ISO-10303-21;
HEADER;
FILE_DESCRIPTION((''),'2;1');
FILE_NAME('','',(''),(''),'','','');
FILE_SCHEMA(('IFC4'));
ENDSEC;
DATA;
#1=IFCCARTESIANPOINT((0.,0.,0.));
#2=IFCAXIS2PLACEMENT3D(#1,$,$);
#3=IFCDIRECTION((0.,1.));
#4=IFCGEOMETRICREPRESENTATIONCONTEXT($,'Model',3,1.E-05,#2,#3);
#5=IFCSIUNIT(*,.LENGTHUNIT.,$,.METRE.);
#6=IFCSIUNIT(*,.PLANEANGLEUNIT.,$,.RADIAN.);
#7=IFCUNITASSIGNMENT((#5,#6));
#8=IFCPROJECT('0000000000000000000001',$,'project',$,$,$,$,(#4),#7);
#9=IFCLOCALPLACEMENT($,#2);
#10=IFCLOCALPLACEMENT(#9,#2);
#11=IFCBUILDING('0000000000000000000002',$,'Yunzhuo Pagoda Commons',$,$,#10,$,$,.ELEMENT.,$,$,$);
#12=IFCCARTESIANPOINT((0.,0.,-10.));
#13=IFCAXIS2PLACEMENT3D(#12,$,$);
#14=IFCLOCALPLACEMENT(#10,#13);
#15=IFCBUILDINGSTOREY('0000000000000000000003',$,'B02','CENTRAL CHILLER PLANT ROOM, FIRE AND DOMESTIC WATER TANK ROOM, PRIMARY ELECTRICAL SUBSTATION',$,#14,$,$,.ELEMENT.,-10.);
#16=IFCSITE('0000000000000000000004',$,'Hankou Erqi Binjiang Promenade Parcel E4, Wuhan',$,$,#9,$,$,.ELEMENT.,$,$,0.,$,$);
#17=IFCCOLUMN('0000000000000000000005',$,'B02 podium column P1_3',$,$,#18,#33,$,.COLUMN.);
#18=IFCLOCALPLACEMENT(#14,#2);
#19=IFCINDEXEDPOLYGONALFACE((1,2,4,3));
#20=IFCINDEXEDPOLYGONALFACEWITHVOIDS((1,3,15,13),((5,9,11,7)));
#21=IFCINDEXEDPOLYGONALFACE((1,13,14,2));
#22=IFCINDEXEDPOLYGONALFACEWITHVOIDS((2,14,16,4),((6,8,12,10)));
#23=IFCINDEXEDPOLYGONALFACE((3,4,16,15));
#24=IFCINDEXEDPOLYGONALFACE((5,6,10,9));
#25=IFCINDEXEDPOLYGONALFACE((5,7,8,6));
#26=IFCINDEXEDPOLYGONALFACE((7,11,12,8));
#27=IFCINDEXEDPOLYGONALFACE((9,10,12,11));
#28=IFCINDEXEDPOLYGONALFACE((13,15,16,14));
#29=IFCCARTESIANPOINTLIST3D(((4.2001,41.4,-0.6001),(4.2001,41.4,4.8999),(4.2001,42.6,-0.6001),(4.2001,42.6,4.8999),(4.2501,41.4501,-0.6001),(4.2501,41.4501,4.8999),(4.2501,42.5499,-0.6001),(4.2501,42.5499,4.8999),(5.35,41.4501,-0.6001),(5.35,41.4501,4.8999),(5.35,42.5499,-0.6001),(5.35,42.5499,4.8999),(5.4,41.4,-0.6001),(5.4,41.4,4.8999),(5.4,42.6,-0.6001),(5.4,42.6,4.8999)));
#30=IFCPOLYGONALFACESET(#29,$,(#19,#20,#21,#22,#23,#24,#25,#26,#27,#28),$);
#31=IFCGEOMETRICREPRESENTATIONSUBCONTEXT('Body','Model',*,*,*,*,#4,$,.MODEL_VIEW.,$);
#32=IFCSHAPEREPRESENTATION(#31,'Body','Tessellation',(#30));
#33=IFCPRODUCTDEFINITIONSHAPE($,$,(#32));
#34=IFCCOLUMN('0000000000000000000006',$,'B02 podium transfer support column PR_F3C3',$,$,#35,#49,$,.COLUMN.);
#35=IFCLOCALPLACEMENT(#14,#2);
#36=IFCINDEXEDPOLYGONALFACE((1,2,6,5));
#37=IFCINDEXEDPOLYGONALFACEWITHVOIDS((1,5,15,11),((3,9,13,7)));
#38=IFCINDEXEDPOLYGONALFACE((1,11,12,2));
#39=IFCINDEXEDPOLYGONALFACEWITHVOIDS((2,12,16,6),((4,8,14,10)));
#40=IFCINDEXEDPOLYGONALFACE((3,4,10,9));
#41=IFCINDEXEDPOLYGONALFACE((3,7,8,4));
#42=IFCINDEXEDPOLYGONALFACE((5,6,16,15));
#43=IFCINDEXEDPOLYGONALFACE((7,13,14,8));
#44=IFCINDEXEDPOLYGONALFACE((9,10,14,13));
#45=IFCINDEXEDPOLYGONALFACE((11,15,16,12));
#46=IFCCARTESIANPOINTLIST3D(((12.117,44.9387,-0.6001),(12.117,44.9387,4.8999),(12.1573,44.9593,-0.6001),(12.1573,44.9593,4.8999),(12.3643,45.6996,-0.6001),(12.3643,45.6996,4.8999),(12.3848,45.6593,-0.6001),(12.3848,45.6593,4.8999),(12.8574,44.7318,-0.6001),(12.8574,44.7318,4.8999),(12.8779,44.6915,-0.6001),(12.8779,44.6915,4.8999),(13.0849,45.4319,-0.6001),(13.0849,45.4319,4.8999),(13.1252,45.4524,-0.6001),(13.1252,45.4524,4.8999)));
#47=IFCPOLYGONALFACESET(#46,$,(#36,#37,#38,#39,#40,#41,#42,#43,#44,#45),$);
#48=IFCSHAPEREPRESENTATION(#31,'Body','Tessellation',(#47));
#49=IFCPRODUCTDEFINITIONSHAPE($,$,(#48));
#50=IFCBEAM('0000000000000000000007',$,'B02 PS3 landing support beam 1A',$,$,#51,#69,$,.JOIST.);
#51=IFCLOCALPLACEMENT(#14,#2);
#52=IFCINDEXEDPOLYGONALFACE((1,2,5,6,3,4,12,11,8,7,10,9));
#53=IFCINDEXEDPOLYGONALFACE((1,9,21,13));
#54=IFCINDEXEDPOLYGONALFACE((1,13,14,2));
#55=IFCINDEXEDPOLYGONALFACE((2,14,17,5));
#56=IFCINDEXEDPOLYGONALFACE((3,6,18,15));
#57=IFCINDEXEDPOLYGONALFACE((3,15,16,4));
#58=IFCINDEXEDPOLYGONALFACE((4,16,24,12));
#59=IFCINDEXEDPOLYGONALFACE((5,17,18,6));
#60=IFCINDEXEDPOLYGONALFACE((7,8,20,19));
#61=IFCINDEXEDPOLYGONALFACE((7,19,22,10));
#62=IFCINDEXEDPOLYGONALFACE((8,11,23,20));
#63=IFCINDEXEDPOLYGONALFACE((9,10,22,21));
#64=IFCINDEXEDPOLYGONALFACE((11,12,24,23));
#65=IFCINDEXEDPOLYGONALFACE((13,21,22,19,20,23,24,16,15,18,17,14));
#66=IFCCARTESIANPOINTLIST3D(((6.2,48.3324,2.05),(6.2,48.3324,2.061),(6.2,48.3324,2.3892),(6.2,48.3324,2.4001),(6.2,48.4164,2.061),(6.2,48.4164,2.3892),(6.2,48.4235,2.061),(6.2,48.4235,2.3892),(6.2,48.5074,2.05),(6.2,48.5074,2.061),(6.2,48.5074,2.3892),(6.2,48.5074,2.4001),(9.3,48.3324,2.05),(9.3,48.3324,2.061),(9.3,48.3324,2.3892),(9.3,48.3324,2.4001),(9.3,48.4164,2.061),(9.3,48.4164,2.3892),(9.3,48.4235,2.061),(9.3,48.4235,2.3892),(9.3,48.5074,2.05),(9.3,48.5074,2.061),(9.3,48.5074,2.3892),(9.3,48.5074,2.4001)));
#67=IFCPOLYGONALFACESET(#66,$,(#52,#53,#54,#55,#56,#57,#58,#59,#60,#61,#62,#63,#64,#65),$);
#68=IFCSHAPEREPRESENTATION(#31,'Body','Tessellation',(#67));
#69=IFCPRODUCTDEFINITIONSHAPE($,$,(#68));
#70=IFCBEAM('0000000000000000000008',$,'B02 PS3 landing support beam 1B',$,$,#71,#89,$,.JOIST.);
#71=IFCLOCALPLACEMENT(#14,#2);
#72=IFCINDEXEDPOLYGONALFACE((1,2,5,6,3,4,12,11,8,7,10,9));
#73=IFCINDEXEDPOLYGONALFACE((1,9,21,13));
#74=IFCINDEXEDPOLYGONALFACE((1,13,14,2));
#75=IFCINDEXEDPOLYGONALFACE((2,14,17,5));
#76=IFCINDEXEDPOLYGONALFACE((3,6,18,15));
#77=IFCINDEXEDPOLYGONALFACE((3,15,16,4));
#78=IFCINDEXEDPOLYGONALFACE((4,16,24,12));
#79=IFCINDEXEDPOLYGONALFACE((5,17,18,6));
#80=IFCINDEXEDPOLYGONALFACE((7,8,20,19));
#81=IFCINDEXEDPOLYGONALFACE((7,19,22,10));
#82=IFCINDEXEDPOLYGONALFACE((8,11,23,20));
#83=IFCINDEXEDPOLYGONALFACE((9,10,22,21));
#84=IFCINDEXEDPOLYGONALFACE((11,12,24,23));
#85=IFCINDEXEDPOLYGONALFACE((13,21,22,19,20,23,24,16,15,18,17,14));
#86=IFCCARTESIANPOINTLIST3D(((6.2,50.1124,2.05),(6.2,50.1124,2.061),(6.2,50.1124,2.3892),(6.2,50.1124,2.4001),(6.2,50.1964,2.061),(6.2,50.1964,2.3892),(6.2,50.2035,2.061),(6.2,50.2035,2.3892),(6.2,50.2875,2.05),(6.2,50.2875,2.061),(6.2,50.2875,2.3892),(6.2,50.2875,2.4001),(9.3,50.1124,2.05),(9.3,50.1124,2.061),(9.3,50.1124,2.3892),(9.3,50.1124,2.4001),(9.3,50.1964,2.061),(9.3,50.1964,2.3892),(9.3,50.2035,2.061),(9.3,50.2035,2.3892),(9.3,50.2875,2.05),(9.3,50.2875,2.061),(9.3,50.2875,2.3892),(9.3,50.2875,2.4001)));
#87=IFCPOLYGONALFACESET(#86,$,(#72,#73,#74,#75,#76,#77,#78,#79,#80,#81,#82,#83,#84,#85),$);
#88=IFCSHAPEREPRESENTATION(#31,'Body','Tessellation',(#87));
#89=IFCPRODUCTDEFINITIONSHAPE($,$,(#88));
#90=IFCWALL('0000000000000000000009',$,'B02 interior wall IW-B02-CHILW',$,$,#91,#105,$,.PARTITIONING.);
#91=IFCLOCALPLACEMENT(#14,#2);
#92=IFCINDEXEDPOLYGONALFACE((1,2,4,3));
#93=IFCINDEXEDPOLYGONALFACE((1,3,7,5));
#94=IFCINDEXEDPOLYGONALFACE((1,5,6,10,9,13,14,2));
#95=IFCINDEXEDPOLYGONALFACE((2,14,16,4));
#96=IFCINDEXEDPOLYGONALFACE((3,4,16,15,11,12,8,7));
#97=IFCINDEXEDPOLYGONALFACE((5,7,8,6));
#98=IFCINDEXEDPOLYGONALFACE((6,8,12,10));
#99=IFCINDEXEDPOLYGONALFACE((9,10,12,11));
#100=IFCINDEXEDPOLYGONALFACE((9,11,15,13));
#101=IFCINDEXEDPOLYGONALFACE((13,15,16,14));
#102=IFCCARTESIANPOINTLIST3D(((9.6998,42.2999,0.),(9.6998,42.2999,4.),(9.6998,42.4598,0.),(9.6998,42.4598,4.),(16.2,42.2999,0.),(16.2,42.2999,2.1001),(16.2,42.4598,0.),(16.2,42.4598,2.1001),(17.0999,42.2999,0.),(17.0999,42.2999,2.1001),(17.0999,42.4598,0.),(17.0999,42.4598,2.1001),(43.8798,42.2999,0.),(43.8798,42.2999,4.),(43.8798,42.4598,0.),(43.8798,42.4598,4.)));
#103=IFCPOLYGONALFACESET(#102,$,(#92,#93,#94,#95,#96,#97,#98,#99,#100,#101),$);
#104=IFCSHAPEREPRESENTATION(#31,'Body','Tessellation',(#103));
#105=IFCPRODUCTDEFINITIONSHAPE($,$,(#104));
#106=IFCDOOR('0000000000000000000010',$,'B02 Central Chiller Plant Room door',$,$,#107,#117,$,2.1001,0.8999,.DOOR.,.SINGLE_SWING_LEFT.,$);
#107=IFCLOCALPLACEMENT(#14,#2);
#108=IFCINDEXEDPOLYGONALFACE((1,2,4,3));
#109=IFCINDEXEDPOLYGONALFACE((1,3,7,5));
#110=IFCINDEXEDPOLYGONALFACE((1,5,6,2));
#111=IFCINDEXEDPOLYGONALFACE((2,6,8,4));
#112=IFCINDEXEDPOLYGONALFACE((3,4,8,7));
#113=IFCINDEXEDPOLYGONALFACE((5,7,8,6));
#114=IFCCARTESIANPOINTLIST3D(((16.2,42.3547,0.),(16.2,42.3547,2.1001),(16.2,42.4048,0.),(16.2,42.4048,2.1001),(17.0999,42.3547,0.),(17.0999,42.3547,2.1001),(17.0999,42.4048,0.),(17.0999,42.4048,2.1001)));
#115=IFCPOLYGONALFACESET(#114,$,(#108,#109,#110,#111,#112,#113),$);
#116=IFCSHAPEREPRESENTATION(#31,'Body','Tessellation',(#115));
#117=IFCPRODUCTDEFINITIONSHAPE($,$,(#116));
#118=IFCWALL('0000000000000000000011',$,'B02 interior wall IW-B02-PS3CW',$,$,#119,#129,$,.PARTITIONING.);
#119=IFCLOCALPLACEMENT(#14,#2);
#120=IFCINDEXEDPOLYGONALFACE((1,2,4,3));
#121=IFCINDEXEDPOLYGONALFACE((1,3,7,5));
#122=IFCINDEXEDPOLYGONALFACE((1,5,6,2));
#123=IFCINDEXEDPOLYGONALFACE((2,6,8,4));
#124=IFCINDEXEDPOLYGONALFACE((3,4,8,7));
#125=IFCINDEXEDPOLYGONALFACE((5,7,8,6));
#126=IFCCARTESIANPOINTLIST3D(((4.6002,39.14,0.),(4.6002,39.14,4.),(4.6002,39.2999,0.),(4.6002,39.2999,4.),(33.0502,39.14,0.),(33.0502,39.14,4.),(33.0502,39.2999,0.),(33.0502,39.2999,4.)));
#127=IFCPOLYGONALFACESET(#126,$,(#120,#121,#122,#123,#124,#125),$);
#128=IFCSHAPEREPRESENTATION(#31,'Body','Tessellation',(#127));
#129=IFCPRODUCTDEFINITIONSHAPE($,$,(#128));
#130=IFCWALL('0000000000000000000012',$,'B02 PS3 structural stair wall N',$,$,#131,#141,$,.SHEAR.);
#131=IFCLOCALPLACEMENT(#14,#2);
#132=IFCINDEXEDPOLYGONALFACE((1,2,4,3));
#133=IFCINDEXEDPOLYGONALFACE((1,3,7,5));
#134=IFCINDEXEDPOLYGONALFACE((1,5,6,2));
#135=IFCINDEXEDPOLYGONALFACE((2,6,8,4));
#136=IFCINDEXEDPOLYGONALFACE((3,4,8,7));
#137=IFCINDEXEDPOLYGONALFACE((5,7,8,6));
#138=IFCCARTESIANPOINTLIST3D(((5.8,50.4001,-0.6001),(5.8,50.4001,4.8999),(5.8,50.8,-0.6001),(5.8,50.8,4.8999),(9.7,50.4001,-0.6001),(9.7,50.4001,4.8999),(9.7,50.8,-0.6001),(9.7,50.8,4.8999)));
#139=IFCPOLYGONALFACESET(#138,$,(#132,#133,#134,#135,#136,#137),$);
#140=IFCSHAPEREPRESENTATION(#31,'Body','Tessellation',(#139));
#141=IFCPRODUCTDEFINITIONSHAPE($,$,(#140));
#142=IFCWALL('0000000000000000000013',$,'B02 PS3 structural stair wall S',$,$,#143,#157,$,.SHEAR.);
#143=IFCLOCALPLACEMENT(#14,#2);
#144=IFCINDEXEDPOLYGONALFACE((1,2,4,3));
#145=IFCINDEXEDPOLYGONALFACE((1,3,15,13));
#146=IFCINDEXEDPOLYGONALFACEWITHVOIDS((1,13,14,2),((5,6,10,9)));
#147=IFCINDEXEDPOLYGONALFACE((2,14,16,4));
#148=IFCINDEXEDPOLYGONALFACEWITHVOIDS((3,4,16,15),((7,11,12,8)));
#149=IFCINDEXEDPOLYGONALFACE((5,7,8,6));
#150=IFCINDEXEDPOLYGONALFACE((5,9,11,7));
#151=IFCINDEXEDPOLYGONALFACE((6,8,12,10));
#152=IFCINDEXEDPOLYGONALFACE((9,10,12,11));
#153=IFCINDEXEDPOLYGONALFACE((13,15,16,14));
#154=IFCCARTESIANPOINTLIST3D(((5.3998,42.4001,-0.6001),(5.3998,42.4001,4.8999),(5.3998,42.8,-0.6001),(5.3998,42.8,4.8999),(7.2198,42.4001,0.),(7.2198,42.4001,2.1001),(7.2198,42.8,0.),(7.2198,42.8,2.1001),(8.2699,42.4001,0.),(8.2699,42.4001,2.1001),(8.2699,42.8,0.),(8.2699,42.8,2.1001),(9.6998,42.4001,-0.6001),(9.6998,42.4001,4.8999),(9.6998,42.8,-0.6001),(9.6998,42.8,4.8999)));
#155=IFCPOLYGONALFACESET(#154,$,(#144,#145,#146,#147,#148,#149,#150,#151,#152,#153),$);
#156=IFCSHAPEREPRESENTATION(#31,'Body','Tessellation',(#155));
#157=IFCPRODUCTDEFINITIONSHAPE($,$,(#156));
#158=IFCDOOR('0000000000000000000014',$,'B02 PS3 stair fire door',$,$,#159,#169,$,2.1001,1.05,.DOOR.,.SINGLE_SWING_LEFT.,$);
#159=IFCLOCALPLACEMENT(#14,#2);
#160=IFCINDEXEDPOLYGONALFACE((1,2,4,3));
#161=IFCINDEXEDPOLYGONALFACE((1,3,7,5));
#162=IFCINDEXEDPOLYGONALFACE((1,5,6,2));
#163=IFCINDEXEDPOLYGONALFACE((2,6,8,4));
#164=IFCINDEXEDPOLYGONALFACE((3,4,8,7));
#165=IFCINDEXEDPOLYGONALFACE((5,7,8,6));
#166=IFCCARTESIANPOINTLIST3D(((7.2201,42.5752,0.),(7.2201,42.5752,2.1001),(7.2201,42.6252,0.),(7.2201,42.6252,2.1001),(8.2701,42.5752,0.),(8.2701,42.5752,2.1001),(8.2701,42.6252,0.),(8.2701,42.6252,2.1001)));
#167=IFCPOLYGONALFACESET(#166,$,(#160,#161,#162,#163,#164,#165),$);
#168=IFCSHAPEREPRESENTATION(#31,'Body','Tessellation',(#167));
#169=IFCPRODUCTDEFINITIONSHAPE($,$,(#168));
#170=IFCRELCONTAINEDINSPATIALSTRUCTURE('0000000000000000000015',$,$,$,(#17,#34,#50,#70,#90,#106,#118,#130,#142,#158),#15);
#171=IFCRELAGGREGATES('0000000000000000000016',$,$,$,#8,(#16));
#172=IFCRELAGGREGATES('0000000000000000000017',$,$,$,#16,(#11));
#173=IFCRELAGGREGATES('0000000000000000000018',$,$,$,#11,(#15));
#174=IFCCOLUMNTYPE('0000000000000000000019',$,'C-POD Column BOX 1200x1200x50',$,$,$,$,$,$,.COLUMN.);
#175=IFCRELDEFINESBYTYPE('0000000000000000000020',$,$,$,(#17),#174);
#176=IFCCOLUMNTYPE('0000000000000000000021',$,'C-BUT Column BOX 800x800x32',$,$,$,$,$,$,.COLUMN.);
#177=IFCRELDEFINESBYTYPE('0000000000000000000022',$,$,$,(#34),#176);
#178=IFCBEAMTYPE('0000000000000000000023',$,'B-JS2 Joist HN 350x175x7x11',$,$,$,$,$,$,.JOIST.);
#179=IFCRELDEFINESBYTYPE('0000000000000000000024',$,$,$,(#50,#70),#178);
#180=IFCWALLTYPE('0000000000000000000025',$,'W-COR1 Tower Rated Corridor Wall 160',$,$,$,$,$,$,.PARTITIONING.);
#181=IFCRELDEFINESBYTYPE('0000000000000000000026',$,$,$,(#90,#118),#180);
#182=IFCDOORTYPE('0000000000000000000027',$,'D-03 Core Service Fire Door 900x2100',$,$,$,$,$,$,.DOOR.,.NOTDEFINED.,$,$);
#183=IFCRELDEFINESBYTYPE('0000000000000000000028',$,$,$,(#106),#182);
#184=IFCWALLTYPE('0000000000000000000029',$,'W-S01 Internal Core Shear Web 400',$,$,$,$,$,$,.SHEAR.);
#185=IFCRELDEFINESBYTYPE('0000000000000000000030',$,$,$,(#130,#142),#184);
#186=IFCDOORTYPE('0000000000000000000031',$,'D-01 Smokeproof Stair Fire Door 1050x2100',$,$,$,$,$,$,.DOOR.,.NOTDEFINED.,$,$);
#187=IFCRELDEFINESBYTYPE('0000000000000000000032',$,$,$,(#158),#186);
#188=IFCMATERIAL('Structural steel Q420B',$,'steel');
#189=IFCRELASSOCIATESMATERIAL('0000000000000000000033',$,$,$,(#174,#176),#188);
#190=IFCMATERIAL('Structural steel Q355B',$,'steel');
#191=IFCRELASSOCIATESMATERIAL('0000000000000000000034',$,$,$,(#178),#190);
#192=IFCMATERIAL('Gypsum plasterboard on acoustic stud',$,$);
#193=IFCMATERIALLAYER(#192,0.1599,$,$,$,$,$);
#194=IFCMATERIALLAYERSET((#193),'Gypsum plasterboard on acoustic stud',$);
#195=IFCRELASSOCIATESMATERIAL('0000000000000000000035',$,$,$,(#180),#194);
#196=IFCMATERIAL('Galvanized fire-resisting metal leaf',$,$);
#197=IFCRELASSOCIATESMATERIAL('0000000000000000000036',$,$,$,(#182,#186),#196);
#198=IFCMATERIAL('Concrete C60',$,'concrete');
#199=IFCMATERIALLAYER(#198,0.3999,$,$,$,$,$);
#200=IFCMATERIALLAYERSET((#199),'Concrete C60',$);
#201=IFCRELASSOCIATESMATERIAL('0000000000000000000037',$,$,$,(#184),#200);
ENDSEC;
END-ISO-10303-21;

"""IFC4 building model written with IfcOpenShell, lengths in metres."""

from ifc_helpers import new_model, si_unit, direction, frame, frame_2d, origin, origin_with_axes, origin_2d, place, context, subcontext, project, spatial, rectangle, hollow_rectangle, i_section, extrude, source, transform, mapped, material, layer, layer_set, material_profile, profile_set, type_object, element, fill, save


model = new_model("IFC4")

# Units and contexts
model_context = context("Model", 3, precision=1e-05, world=origin(), true_north=direction((0.0, 1.0)))
body_context = subcontext(model_context, "Body", "Model", "MODEL_VIEW")
ifc_project = project(units=[si_unit("LENGTHUNIT", "METRE"), si_unit("PLANEANGLEUNIT", "RADIAN")], contexts=[model_context])

# Site, building, storey
site_placement = place(None, origin())
site = spatial("IfcSite", under=ifc_project, at=site_placement, Name="Hankou Erqi Binjiang Promenade Parcel E4, Wuhan", CompositionType="ELEMENT", RefElevation=0.0)
building_placement = place(site_placement, origin())
building = spatial("IfcBuilding", under=site, at=building_placement, Name="Yunzhuo Pagoda Commons", CompositionType="ELEMENT")
storey_placement = place(building_placement, frame((0.0, 0.0, -10.0)))
storey = spatial("IfcBuildingStorey", under=building, at=storey_placement, Name="B02", Description="CENTRAL CHILLER PLANT ROOM, FIRE AND DOMESTIC WATER TANK ROOM, PRIMARY ELECTRICAL SUBSTATION", CompositionType="ELEMENT", Elevation=-10.0)

# Columns
ifc_material_1 = material(Name="Structural steel Q420B", Category="steel")
ifc_material_profile_1 = material_profile(ifc_material_1, hollow_rectangle(XDim=1.2, YDim=1.2, WallThickness=0.05, at=origin_2d()), Name="Structural steel Q420B")
ifc_profile_set_1 = profile_set([ifc_material_profile_1], Name="Structural steel Q420B")
column_type_1 = type_object("IfcColumnType", Name="C-POD Column BOX 1200x1200x50", PredefinedType="COLUMN", material=ifc_profile_set_1)
shared_shape_1 = source(origin(), body_context, "Body", "SweptSolid", [
    extrude(hollow_rectangle(XDim=1.2, YDim=1.2, WallThickness=0.05, at=origin_2d()), origin(), (0.0, 0.0, 1.0), 5.5),
])
column_1_placement = place(storey_placement, frame((4.8, 42.0, -0.6001), z_axis=(0.0, 0.0, 1.0), x_axis=(1.0, 0.0, 0.0)))
element("IfcColumn", 1, at=column_1_placement, inside=storey, type_object=column_type_1, Name="B02 podium column P1_3", PredefinedType="COLUMN", context=body_context, shape_type="MappedRepresentation", body=[
    mapped(shared_shape_1, transform((0.0, 0.0, 0.0), scale=1.0)),
])
ifc_material_profile_2 = material_profile(ifc_material_1, hollow_rectangle(XDim=0.8, YDim=0.8, WallThickness=0.032, at=origin_2d()), Name="Structural steel Q420B")
ifc_profile_set_2 = profile_set([ifc_material_profile_2], Name="Structural steel Q420B")
column_type_2 = type_object("IfcColumnType", Name="C-BUT Column BOX 800x800x32", PredefinedType="COLUMN", material=ifc_profile_set_2)
shared_shape_2 = source(origin(), body_context, "Body", "SweptSolid", [
    extrude(hollow_rectangle(XDim=0.8, YDim=0.8, WallThickness=0.032, at=origin_2d()), origin(), (0.0, 0.0, 1.0), 5.5),
])
column_2_placement = place(storey_placement, frame((12.6211, 45.1956, -0.6001), z_axis=(0.0, 0.0, 1.0), x_axis=(-0.309017, -0.951057, 0.0)))
element("IfcColumn", 2, at=column_2_placement, inside=storey, type_object=column_type_2, Name="B02 podium transfer support column PR_F3C3", PredefinedType="COLUMN", context=body_context, shape_type="MappedRepresentation", body=[
    mapped(shared_shape_2, transform((0.0, 0.0, 0.0), scale=1.0)),
])

# Beams
ifc_material_2 = material(Name="Structural steel Q355B", Category="steel")
ifc_material_profile_3 = material_profile(ifc_material_2, i_section(OverallWidth=0.175, OverallDepth=0.3501, WebThickness=0.0071, FlangeThickness=0.011, at=origin_2d()), Name="Structural steel Q355B")
ifc_profile_set_3 = profile_set([ifc_material_profile_3], Name="Structural steel Q355B")
beam_type = type_object("IfcBeamType", Name="B-JS2 Joist HN 350x175x7x11", PredefinedType="JOIST", material=ifc_profile_set_3)
shared_shape_3 = source(origin(), body_context, "Body", "SweptSolid", [
    extrude(i_section(OverallWidth=0.175, OverallDepth=0.3501, WebThickness=0.0071, FlangeThickness=0.011, at=origin_2d()), origin(), (0.0, 0.0, 1.0), 3.1001),
])
for number, where, z_axis, x_axis, name in (
    (3, (6.2, 48.4199, 2.2251), (1.0, 0.0, 0.0), (0.0, 1.0, 0.0), "B02 PS3 landing support beam 1A"),
    (4, (6.2, 50.2, 2.2251), (1.0, 0.0, 0.0), (0.0, 1.0, 0.0), "B02 PS3 landing support beam 1B"),
):
    element("IfcBeam", number, at=place(storey_placement, frame(where, z_axis=z_axis, x_axis=x_axis)), inside=storey, type_object=beam_type, Name=name, PredefinedType="JOIST", context=body_context, shape_type="MappedRepresentation", body=[
        mapped(shared_shape_3, transform((0.0, 0.0, 0.0), scale=1.0)),
    ])

# Wall, opening, door
ifc_material_3 = material(Name="Gypsum plasterboard on acoustic stud")
ifc_layer_1 = layer(ifc_material_3, 0.1599)
ifc_layer_set_1 = layer_set([ifc_layer_1], Name="Gypsum plasterboard on acoustic stud")
wall_type_1 = type_object("IfcWallType", Name="W-COR1 Tower Rated Corridor Wall 160", PredefinedType="PARTITIONING", material=ifc_layer_set_1)
wall_1_placement = place(storey_placement, frame((9.7, 42.3799, 0.0), z_axis=(0.0, 0.0, 1.0), x_axis=(1.0, 0.0, 0.0)))
wall_1 = element("IfcWall", 5, at=wall_1_placement, inside=storey, type_object=wall_type_1, Name="B02 interior wall IW-B02-CHILW", PredefinedType="PARTITIONING", context=body_context, shape_type="SweptSolid", body=[
    extrude(rectangle(XDim=34.1799, YDim=0.1599, at=frame_2d((17.0898, 0.0))), origin(), (0.0, 0.0, 1.0), 4.0),
])
opening_1_placement = place(wall_1_placement, frame((6.5, 0.0, 0.0)))
opening_1 = element("IfcOpeningElement", 6, at=opening_1_placement, cuts=wall_1, PredefinedType="OPENING", context=body_context, shape_type="SweptSolid", body=[
    extrude(rectangle(XDim=0.8999, YDim=2.1001, at=frame_2d((0.45, 1.05))), frame((0.0, 0.0898, 0.0), z_axis=(0.0, -1.0, 0.0), x_axis=(1.0, 0.0, 0.0)), (0.0, 0.0, 1.0), 0.1799),
])
ifc_material_4 = material(Name="Galvanized fire-resisting metal leaf")
door_type_1 = type_object("IfcDoorType", Name="D-03 Core Service Fire Door 900x2100", OperationType="NOTDEFINED", PredefinedType="DOOR", material=ifc_material_4)
shared_shape_4 = source(origin(), body_context, "Body", "SweptSolid", [
    extrude(rectangle(XDim=0.8999, YDim=2.1001, at=frame_2d((0.45, 1.05))), frame((0.0, 0.0249, 0.0), z_axis=(0.0, -1.0, 0.0), x_axis=(1.0, 0.0, 0.0)), (0.0, 0.0, 1.0), 0.05),
])
door_1_placement = place(opening_1_placement, origin_with_axes())
door_1 = element("IfcDoor", 7, at=door_1_placement, inside=storey, type_object=door_type_1, Name="B02 Central Chiller Plant Room door", OperationType="SINGLE_SWING_LEFT", OverallHeight=2.1001, OverallWidth=0.8999, PredefinedType="DOOR", context=body_context, shape_type="MappedRepresentation", body=[
    mapped(shared_shape_4, transform((0.0, 0.0, 0.0), scale=1.0)),
])
fill(opening_1, door_1)

# Walls
wall_2_placement = place(storey_placement, frame((4.6001, 39.22, 0.0), z_axis=(0.0, 0.0, 1.0), x_axis=(1.0, 0.0, 0.0)))
element("IfcWall", 8, at=wall_2_placement, inside=storey, type_object=wall_type_1, Name="B02 interior wall IW-B02-PS3CW", PredefinedType="PARTITIONING", context=body_context, shape_type="SweptSolid", body=[
    extrude(rectangle(XDim=28.45, YDim=0.1599, at=frame_2d((14.2251, 0.0))), origin(), (0.0, 0.0, 1.0), 4.0),
])
ifc_material_5 = material(Name="Concrete C60", Category="concrete")
ifc_layer_2 = layer(ifc_material_5, 0.3999)
ifc_layer_set_2 = layer_set([ifc_layer_2], Name="Concrete C60")
wall_type_2 = type_object("IfcWallType", Name="W-S01 Internal Core Shear Web 400", PredefinedType="SHEAR", material=ifc_layer_set_2)
wall_3_placement = place(storey_placement, frame((5.8, 50.6001, -0.6001), z_axis=(0.0, 0.0, 1.0), x_axis=(1.0, 0.0, 0.0)))
element("IfcWall", 9, at=wall_3_placement, inside=storey, type_object=wall_type_2, Name="B02 PS3 structural stair wall N", PredefinedType="SHEAR", context=body_context, shape_type="SweptSolid", body=[
    extrude(rectangle(XDim=3.8999, YDim=0.3999, at=frame_2d((1.95, 0.0))), origin(), (0.0, 0.0, 1.0), 5.5),
])

# Wall, opening, door
wall_4_placement = place(storey_placement, frame((5.3999, 42.6001, -0.6001), z_axis=(0.0, 0.0, 1.0), x_axis=(1.0, 0.0, 0.0)))
wall_4 = element("IfcWall", 10, at=wall_4_placement, inside=storey, type_object=wall_type_2, Name="B02 PS3 structural stair wall S", PredefinedType="SHEAR", context=body_context, shape_type="SweptSolid", body=[
    extrude(rectangle(XDim=4.3, YDim=0.3999, at=frame_2d((2.1499, 0.0))), origin(), (0.0, 0.0, 1.0), 5.5),
])
opening_2_placement = place(wall_4_placement, frame((1.8201, 0.0, 0.6001)))
opening_2 = element("IfcOpeningElement", 11, at=opening_2_placement, cuts=wall_4, PredefinedType="OPENING", context=body_context, shape_type="SweptSolid", body=[
    extrude(rectangle(XDim=1.05, YDim=2.1001, at=frame_2d((0.5249, 1.05))), frame((0.0, 0.21, 0.0), z_axis=(0.0, -1.0, 0.0), x_axis=(1.0, 0.0, 0.0)), (0.0, 0.0, 1.0), 0.4199),
])
door_type_2 = type_object("IfcDoorType", Name="D-01 Smokeproof Stair Fire Door 1050x2100", OperationType="NOTDEFINED", PredefinedType="DOOR", material=ifc_material_4)
shared_shape_5 = source(origin(), body_context, "Body", "SweptSolid", [
    extrude(rectangle(XDim=1.05, YDim=2.1001, at=frame_2d((0.5249, 1.05))), frame((0.0, 0.0249, 0.0), z_axis=(0.0, -1.0, 0.0), x_axis=(1.0, 0.0, 0.0)), (0.0, 0.0, 1.0), 0.05),
])
door_2_placement = place(opening_2_placement, frame((1.05, 0.0, 0.0), z_axis=(0.0, 0.0, 1.0), x_axis=(-1.0, 0.0, 0.0)))
door_2 = element("IfcDoor", 12, at=door_2_placement, inside=storey, type_object=door_type_2, Name="B02 PS3 stair fire door", OperationType="SINGLE_SWING_LEFT", OverallHeight=2.1001, OverallWidth=1.05, PredefinedType="DOOR", context=body_context, shape_type="MappedRepresentation", body=[
    mapped(shared_shape_5, transform((0.0, 0.0, 0.0), scale=1.0)),
])
fill(opening_2, door_2)

save(model, "model.ifc")
